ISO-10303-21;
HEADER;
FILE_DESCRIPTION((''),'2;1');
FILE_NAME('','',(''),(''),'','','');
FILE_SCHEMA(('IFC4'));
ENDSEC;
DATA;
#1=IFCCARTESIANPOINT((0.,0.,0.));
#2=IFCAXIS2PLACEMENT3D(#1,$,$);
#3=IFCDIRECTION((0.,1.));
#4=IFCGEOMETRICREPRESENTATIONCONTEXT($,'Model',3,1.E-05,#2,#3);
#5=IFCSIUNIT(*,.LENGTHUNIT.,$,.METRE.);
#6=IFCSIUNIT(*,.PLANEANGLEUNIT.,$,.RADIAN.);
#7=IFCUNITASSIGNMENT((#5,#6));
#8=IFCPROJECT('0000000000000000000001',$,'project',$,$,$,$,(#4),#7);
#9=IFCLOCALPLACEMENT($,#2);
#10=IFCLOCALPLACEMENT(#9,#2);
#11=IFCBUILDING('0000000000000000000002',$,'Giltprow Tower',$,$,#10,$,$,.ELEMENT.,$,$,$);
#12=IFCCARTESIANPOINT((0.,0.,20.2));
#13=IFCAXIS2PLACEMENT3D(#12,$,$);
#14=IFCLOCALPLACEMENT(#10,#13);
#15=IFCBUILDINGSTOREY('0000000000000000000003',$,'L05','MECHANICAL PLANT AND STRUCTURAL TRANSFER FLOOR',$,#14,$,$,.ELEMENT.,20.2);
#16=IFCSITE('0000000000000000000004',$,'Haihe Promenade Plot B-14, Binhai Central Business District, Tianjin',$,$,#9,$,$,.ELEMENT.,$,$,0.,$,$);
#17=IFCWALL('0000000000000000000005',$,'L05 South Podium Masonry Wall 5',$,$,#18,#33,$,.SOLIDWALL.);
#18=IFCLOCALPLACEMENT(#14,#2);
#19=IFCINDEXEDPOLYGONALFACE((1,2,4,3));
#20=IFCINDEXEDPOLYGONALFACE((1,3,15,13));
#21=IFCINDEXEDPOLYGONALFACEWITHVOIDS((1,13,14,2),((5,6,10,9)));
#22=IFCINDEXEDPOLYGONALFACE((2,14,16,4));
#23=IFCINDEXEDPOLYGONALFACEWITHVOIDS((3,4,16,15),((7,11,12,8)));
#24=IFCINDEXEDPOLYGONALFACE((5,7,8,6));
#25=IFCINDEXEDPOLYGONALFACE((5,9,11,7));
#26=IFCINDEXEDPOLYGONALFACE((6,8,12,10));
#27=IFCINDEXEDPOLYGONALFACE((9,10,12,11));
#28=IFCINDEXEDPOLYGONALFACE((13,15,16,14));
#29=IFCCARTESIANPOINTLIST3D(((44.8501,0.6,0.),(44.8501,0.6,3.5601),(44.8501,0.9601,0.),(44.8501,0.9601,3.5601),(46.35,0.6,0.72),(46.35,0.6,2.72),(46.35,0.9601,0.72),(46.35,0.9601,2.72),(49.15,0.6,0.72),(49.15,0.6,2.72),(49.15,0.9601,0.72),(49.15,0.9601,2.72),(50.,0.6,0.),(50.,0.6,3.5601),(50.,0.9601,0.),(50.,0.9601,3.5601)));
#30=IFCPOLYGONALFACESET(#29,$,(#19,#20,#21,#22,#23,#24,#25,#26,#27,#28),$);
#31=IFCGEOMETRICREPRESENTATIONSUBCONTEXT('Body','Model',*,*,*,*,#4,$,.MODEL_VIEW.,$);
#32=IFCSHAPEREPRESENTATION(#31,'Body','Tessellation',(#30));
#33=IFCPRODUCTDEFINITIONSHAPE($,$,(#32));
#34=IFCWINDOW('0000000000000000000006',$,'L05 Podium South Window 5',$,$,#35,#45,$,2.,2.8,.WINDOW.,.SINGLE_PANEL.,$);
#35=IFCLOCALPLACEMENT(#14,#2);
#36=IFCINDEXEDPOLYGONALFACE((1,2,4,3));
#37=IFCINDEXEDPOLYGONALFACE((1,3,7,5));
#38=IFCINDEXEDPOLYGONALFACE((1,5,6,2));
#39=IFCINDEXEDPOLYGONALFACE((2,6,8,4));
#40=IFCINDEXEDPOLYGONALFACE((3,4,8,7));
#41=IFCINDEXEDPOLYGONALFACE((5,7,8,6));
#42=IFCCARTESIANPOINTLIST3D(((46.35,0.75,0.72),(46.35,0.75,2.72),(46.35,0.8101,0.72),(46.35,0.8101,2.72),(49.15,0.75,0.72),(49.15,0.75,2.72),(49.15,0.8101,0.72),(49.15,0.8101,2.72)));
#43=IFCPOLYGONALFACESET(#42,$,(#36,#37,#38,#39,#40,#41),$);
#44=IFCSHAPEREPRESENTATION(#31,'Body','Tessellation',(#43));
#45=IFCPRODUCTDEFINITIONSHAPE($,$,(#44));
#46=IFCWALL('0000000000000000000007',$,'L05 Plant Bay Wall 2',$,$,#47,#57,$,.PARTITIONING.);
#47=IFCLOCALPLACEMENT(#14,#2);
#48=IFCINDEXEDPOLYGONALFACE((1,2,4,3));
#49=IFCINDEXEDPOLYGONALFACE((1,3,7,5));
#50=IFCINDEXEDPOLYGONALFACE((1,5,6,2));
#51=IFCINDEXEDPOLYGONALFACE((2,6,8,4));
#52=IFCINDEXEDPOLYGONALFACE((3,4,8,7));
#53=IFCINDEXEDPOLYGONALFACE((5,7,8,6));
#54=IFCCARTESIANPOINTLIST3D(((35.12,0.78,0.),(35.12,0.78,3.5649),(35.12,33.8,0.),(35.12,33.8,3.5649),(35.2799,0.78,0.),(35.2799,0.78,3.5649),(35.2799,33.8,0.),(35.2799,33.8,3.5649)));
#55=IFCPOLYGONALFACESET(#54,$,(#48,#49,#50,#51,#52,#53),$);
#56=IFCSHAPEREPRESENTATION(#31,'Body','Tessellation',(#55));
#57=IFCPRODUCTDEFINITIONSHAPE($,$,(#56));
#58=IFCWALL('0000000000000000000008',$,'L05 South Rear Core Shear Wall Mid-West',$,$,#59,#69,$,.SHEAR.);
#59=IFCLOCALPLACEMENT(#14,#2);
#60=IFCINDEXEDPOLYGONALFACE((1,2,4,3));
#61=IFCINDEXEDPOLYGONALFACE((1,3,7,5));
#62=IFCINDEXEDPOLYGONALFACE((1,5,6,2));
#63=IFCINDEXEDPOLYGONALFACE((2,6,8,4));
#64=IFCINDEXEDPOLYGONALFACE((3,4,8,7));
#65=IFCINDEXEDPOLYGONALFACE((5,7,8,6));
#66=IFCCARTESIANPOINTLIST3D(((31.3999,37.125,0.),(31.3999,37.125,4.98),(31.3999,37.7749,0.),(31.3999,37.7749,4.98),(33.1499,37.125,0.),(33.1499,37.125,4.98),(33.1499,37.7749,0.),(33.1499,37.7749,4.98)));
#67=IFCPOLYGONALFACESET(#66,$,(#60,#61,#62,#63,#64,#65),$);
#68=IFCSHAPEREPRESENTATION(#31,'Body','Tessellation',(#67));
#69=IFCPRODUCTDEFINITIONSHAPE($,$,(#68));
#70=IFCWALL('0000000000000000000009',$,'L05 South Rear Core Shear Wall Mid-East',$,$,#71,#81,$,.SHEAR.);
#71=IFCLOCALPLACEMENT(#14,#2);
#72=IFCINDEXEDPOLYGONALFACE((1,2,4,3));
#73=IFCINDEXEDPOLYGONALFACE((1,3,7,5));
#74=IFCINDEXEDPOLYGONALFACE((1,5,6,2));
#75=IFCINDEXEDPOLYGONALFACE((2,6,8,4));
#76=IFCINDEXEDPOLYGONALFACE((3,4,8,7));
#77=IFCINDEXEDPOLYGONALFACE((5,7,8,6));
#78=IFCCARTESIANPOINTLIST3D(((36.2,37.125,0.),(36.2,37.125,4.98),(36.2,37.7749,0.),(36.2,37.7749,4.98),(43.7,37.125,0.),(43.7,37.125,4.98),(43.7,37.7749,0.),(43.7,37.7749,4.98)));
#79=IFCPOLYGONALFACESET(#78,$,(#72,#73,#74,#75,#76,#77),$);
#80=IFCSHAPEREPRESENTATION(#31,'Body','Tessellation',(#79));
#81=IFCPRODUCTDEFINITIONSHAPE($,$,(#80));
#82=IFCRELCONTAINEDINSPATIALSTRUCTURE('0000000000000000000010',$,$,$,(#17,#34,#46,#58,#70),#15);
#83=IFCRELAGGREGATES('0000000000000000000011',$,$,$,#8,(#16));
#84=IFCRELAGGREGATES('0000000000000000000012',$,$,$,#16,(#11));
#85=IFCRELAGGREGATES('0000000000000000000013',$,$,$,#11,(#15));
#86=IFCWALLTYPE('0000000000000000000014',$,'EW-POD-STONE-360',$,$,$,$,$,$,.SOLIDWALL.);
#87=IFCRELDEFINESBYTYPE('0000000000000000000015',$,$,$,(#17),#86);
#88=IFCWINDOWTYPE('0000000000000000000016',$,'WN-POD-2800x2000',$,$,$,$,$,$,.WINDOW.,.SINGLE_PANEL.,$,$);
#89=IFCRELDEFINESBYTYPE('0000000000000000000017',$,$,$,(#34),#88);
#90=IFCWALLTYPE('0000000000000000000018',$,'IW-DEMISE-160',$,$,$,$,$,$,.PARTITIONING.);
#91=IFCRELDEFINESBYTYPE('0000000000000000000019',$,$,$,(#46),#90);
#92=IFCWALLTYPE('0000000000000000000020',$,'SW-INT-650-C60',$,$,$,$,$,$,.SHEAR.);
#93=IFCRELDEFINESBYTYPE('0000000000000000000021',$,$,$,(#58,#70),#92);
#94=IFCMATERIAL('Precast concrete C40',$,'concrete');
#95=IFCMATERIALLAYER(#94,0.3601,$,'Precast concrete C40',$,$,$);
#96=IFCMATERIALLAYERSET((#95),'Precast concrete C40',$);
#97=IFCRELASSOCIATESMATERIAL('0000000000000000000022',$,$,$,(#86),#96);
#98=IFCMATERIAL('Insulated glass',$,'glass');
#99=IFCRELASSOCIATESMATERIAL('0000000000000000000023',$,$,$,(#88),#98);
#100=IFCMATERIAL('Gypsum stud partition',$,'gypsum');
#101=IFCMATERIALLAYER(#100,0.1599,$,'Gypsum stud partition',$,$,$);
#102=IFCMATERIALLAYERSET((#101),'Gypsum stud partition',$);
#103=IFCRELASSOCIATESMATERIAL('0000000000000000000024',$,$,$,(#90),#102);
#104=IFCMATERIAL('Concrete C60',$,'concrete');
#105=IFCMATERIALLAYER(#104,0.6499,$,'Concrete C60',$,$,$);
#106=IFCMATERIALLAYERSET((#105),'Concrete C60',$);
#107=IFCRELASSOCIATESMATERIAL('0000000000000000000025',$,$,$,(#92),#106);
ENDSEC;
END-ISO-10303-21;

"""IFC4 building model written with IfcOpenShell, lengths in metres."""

from ifc_helpers import new_model, si_unit, direction, frame, frame_2d, origin, place, context, subcontext, project, spatial, rectangle, extrude, source, transform, mapped, material, layer, layer_set, type_object, element, fill, save


model = new_model("IFC4")

# Units and contexts
model_context = context("Model", 3, precision=1e-05, world=origin(), true_north=direction((0.0, 1.0)))
body_context = subcontext(model_context, "Body", "Model", "MODEL_VIEW")
ifc_project = project(units=[si_unit("LENGTHUNIT", "METRE"), si_unit("PLANEANGLEUNIT", "RADIAN")], contexts=[model_context])

# Site, building, storey
site_placement = place(None, origin())
site = spatial("IfcSite", under=ifc_project, at=site_placement, Name="Haihe Promenade Plot B-14, Binhai Central Business District, Tianjin", CompositionType="ELEMENT", RefElevation=0.0)
building_placement = place(site_placement, origin())
building = spatial("IfcBuilding", under=site, at=building_placement, Name="Giltprow Tower", CompositionType="ELEMENT")
storey_placement = place(building_placement, frame((0.0, 0.0, 20.2)))
storey = spatial("IfcBuildingStorey", under=building, at=storey_placement, Name="L05", Description="MECHANICAL PLANT AND STRUCTURAL TRANSFER FLOOR", CompositionType="ELEMENT", Elevation=20.2)

# Shared definitions
ifc_material_1 = material(Name="Concrete C60", Category="concrete")

# Wall, opening, window
ifc_material_2 = material(Name="Precast concrete C40", Category="concrete")
ifc_layer_1 = layer(ifc_material_2, 0.3601, Name="Precast concrete C40")
ifc_layer_set_1 = layer_set([ifc_layer_1], Name="Precast concrete C40")
wall_type_1 = type_object("IfcWallType", Name="EW-POD-STONE-360", PredefinedType="SOLIDWALL", material=ifc_layer_set_1)
ifc_material_3 = material(Name="Insulated glass", Category="glass")
window_type = type_object("IfcWindowType", Name="WN-POD-2800x2000", PartitioningType="SINGLE_PANEL", PredefinedType="WINDOW", material=ifc_material_3)
shared_shape_1 = source(origin(), body_context, "Body", "SweptSolid", [
    extrude(rectangle(XDim=2.8, YDim=2.0, at=frame_2d((1.3999, 1.0))), frame((0.0, 0.03, 0.0), z_axis=(0.0, -1.0, 0.0), x_axis=(1.0, 0.0, 0.0)), (0.0, 0.0, 1.0), 0.0601),
])
wall_1_placement = place(storey_placement, frame((44.8501, 0.78, 0.0), z_axis=(0.0, 0.0, 1.0), x_axis=(1.0, 0.0, 0.0)))
wall_1 = element("IfcWall", 1, at=wall_1_placement, inside=storey, type_object=wall_type_1, Name="L05 South Podium Masonry Wall 5", PredefinedType="SOLIDWALL", context=body_context, shape_type="SweptSolid", body=[
    extrude(rectangle(XDim=5.1499, YDim=0.3601, at=frame_2d((2.575, 0.0))), origin(), (0.0, 0.0, 1.0), 3.5601),
])
opening_1_placement = place(wall_1_placement, frame((1.5, 0.0, 0.72)))
opening_1 = element("IfcOpeningElement", 2, at=opening_1_placement, cuts=wall_1, PredefinedType="OPENING", context=body_context, shape_type="SweptSolid", body=[
    extrude(rectangle(XDim=2.8, YDim=2.0, at=frame_2d((1.3999, 1.0))), frame((0.0, 0.1899, 0.0), z_axis=(0.0, -1.0, 0.0), x_axis=(1.0, 0.0, 0.0)), (0.0, 0.0, 1.0), 0.3801),
])
window_1_placement = place(opening_1_placement, origin())
window_1 = element("IfcWindow", 3, at=window_1_placement, inside=storey, type_object=window_type, Name="L05 Podium South Window 5", OverallHeight=2.0, OverallWidth=2.8, PartitioningType="SINGLE_PANEL", PredefinedType="WINDOW", context=body_context, shape_type="MappedRepresentation", body=[
    mapped(shared_shape_1, transform((0.0, 0.0, 0.0), x_axis=(1.0, 0.0, 0.0), y_axis=(0.0, 1.0, 0.0), z_axis=(0.0, 0.0, 1.0), scale=1.0)),
])
fill(opening_1, window_1)

# Walls
ifc_material_4 = material(Name="Gypsum stud partition", Category="gypsum")
ifc_layer_2 = layer(ifc_material_4, 0.1599, Name="Gypsum stud partition")
ifc_layer_set_2 = layer_set([ifc_layer_2], Name="Gypsum stud partition")
wall_type_2 = type_object("IfcWallType", Name="IW-DEMISE-160", PredefinedType="PARTITIONING", material=ifc_layer_set_2)
wall_2_placement = place(storey_placement, frame((35.2, 0.78, 0.0), z_axis=(0.0, 0.0, 1.0), x_axis=(0.0, 1.0, 0.0)))
element("IfcWall", 4, at=wall_2_placement, inside=storey, type_object=wall_type_2, Name="L05 Plant Bay Wall 2", PredefinedType="PARTITIONING", context=body_context, shape_type="SweptSolid", body=[
    extrude(rectangle(XDim=33.02, YDim=0.1599, at=frame_2d((16.51, 0.0))), origin(), (0.0, 0.0, 1.0), 3.5649),
])
ifc_layer_3 = layer(ifc_material_1, 0.6499, Name="Concrete C60")
ifc_layer_set_3 = layer_set([ifc_layer_3], Name="Concrete C60")
wall_type_3 = type_object("IfcWallType", Name="SW-INT-650-C60", PredefinedType="SHEAR", material=ifc_layer_set_3)
wall_3_placement = place(storey_placement, frame((31.3999, 37.45, 0.0), z_axis=(0.0, 0.0, 1.0), x_axis=(1.0, 0.0, 0.0)))
element("IfcWall", 5, at=wall_3_placement, inside=storey, type_object=wall_type_3, Name="L05 South Rear Core Shear Wall Mid-West", PredefinedType="SHEAR", context=body_context, shape_type="SweptSolid", body=[
    extrude(rectangle(XDim=1.75, YDim=0.6499, at=frame_2d((0.875, 0.0))), origin(), (0.0, 0.0, 1.0), 4.98),
])
wall_4_placement = place(storey_placement, frame((36.2, 37.45, 0.0), z_axis=(0.0, 0.0, 1.0), x_axis=(1.0, 0.0, 0.0)))
element("IfcWall", 6, at=wall_4_placement, inside=storey, type_object=wall_type_3, Name="L05 South Rear Core Shear Wall Mid-East", PredefinedType="SHEAR", context=body_context, shape_type="SweptSolid", body=[
    extrude(rectangle(XDim=7.5, YDim=0.6499, at=frame_2d((3.75, 0.0))), origin(), (0.0, 0.0, 1.0), 4.98),
])

save(model, "model.ifc")
